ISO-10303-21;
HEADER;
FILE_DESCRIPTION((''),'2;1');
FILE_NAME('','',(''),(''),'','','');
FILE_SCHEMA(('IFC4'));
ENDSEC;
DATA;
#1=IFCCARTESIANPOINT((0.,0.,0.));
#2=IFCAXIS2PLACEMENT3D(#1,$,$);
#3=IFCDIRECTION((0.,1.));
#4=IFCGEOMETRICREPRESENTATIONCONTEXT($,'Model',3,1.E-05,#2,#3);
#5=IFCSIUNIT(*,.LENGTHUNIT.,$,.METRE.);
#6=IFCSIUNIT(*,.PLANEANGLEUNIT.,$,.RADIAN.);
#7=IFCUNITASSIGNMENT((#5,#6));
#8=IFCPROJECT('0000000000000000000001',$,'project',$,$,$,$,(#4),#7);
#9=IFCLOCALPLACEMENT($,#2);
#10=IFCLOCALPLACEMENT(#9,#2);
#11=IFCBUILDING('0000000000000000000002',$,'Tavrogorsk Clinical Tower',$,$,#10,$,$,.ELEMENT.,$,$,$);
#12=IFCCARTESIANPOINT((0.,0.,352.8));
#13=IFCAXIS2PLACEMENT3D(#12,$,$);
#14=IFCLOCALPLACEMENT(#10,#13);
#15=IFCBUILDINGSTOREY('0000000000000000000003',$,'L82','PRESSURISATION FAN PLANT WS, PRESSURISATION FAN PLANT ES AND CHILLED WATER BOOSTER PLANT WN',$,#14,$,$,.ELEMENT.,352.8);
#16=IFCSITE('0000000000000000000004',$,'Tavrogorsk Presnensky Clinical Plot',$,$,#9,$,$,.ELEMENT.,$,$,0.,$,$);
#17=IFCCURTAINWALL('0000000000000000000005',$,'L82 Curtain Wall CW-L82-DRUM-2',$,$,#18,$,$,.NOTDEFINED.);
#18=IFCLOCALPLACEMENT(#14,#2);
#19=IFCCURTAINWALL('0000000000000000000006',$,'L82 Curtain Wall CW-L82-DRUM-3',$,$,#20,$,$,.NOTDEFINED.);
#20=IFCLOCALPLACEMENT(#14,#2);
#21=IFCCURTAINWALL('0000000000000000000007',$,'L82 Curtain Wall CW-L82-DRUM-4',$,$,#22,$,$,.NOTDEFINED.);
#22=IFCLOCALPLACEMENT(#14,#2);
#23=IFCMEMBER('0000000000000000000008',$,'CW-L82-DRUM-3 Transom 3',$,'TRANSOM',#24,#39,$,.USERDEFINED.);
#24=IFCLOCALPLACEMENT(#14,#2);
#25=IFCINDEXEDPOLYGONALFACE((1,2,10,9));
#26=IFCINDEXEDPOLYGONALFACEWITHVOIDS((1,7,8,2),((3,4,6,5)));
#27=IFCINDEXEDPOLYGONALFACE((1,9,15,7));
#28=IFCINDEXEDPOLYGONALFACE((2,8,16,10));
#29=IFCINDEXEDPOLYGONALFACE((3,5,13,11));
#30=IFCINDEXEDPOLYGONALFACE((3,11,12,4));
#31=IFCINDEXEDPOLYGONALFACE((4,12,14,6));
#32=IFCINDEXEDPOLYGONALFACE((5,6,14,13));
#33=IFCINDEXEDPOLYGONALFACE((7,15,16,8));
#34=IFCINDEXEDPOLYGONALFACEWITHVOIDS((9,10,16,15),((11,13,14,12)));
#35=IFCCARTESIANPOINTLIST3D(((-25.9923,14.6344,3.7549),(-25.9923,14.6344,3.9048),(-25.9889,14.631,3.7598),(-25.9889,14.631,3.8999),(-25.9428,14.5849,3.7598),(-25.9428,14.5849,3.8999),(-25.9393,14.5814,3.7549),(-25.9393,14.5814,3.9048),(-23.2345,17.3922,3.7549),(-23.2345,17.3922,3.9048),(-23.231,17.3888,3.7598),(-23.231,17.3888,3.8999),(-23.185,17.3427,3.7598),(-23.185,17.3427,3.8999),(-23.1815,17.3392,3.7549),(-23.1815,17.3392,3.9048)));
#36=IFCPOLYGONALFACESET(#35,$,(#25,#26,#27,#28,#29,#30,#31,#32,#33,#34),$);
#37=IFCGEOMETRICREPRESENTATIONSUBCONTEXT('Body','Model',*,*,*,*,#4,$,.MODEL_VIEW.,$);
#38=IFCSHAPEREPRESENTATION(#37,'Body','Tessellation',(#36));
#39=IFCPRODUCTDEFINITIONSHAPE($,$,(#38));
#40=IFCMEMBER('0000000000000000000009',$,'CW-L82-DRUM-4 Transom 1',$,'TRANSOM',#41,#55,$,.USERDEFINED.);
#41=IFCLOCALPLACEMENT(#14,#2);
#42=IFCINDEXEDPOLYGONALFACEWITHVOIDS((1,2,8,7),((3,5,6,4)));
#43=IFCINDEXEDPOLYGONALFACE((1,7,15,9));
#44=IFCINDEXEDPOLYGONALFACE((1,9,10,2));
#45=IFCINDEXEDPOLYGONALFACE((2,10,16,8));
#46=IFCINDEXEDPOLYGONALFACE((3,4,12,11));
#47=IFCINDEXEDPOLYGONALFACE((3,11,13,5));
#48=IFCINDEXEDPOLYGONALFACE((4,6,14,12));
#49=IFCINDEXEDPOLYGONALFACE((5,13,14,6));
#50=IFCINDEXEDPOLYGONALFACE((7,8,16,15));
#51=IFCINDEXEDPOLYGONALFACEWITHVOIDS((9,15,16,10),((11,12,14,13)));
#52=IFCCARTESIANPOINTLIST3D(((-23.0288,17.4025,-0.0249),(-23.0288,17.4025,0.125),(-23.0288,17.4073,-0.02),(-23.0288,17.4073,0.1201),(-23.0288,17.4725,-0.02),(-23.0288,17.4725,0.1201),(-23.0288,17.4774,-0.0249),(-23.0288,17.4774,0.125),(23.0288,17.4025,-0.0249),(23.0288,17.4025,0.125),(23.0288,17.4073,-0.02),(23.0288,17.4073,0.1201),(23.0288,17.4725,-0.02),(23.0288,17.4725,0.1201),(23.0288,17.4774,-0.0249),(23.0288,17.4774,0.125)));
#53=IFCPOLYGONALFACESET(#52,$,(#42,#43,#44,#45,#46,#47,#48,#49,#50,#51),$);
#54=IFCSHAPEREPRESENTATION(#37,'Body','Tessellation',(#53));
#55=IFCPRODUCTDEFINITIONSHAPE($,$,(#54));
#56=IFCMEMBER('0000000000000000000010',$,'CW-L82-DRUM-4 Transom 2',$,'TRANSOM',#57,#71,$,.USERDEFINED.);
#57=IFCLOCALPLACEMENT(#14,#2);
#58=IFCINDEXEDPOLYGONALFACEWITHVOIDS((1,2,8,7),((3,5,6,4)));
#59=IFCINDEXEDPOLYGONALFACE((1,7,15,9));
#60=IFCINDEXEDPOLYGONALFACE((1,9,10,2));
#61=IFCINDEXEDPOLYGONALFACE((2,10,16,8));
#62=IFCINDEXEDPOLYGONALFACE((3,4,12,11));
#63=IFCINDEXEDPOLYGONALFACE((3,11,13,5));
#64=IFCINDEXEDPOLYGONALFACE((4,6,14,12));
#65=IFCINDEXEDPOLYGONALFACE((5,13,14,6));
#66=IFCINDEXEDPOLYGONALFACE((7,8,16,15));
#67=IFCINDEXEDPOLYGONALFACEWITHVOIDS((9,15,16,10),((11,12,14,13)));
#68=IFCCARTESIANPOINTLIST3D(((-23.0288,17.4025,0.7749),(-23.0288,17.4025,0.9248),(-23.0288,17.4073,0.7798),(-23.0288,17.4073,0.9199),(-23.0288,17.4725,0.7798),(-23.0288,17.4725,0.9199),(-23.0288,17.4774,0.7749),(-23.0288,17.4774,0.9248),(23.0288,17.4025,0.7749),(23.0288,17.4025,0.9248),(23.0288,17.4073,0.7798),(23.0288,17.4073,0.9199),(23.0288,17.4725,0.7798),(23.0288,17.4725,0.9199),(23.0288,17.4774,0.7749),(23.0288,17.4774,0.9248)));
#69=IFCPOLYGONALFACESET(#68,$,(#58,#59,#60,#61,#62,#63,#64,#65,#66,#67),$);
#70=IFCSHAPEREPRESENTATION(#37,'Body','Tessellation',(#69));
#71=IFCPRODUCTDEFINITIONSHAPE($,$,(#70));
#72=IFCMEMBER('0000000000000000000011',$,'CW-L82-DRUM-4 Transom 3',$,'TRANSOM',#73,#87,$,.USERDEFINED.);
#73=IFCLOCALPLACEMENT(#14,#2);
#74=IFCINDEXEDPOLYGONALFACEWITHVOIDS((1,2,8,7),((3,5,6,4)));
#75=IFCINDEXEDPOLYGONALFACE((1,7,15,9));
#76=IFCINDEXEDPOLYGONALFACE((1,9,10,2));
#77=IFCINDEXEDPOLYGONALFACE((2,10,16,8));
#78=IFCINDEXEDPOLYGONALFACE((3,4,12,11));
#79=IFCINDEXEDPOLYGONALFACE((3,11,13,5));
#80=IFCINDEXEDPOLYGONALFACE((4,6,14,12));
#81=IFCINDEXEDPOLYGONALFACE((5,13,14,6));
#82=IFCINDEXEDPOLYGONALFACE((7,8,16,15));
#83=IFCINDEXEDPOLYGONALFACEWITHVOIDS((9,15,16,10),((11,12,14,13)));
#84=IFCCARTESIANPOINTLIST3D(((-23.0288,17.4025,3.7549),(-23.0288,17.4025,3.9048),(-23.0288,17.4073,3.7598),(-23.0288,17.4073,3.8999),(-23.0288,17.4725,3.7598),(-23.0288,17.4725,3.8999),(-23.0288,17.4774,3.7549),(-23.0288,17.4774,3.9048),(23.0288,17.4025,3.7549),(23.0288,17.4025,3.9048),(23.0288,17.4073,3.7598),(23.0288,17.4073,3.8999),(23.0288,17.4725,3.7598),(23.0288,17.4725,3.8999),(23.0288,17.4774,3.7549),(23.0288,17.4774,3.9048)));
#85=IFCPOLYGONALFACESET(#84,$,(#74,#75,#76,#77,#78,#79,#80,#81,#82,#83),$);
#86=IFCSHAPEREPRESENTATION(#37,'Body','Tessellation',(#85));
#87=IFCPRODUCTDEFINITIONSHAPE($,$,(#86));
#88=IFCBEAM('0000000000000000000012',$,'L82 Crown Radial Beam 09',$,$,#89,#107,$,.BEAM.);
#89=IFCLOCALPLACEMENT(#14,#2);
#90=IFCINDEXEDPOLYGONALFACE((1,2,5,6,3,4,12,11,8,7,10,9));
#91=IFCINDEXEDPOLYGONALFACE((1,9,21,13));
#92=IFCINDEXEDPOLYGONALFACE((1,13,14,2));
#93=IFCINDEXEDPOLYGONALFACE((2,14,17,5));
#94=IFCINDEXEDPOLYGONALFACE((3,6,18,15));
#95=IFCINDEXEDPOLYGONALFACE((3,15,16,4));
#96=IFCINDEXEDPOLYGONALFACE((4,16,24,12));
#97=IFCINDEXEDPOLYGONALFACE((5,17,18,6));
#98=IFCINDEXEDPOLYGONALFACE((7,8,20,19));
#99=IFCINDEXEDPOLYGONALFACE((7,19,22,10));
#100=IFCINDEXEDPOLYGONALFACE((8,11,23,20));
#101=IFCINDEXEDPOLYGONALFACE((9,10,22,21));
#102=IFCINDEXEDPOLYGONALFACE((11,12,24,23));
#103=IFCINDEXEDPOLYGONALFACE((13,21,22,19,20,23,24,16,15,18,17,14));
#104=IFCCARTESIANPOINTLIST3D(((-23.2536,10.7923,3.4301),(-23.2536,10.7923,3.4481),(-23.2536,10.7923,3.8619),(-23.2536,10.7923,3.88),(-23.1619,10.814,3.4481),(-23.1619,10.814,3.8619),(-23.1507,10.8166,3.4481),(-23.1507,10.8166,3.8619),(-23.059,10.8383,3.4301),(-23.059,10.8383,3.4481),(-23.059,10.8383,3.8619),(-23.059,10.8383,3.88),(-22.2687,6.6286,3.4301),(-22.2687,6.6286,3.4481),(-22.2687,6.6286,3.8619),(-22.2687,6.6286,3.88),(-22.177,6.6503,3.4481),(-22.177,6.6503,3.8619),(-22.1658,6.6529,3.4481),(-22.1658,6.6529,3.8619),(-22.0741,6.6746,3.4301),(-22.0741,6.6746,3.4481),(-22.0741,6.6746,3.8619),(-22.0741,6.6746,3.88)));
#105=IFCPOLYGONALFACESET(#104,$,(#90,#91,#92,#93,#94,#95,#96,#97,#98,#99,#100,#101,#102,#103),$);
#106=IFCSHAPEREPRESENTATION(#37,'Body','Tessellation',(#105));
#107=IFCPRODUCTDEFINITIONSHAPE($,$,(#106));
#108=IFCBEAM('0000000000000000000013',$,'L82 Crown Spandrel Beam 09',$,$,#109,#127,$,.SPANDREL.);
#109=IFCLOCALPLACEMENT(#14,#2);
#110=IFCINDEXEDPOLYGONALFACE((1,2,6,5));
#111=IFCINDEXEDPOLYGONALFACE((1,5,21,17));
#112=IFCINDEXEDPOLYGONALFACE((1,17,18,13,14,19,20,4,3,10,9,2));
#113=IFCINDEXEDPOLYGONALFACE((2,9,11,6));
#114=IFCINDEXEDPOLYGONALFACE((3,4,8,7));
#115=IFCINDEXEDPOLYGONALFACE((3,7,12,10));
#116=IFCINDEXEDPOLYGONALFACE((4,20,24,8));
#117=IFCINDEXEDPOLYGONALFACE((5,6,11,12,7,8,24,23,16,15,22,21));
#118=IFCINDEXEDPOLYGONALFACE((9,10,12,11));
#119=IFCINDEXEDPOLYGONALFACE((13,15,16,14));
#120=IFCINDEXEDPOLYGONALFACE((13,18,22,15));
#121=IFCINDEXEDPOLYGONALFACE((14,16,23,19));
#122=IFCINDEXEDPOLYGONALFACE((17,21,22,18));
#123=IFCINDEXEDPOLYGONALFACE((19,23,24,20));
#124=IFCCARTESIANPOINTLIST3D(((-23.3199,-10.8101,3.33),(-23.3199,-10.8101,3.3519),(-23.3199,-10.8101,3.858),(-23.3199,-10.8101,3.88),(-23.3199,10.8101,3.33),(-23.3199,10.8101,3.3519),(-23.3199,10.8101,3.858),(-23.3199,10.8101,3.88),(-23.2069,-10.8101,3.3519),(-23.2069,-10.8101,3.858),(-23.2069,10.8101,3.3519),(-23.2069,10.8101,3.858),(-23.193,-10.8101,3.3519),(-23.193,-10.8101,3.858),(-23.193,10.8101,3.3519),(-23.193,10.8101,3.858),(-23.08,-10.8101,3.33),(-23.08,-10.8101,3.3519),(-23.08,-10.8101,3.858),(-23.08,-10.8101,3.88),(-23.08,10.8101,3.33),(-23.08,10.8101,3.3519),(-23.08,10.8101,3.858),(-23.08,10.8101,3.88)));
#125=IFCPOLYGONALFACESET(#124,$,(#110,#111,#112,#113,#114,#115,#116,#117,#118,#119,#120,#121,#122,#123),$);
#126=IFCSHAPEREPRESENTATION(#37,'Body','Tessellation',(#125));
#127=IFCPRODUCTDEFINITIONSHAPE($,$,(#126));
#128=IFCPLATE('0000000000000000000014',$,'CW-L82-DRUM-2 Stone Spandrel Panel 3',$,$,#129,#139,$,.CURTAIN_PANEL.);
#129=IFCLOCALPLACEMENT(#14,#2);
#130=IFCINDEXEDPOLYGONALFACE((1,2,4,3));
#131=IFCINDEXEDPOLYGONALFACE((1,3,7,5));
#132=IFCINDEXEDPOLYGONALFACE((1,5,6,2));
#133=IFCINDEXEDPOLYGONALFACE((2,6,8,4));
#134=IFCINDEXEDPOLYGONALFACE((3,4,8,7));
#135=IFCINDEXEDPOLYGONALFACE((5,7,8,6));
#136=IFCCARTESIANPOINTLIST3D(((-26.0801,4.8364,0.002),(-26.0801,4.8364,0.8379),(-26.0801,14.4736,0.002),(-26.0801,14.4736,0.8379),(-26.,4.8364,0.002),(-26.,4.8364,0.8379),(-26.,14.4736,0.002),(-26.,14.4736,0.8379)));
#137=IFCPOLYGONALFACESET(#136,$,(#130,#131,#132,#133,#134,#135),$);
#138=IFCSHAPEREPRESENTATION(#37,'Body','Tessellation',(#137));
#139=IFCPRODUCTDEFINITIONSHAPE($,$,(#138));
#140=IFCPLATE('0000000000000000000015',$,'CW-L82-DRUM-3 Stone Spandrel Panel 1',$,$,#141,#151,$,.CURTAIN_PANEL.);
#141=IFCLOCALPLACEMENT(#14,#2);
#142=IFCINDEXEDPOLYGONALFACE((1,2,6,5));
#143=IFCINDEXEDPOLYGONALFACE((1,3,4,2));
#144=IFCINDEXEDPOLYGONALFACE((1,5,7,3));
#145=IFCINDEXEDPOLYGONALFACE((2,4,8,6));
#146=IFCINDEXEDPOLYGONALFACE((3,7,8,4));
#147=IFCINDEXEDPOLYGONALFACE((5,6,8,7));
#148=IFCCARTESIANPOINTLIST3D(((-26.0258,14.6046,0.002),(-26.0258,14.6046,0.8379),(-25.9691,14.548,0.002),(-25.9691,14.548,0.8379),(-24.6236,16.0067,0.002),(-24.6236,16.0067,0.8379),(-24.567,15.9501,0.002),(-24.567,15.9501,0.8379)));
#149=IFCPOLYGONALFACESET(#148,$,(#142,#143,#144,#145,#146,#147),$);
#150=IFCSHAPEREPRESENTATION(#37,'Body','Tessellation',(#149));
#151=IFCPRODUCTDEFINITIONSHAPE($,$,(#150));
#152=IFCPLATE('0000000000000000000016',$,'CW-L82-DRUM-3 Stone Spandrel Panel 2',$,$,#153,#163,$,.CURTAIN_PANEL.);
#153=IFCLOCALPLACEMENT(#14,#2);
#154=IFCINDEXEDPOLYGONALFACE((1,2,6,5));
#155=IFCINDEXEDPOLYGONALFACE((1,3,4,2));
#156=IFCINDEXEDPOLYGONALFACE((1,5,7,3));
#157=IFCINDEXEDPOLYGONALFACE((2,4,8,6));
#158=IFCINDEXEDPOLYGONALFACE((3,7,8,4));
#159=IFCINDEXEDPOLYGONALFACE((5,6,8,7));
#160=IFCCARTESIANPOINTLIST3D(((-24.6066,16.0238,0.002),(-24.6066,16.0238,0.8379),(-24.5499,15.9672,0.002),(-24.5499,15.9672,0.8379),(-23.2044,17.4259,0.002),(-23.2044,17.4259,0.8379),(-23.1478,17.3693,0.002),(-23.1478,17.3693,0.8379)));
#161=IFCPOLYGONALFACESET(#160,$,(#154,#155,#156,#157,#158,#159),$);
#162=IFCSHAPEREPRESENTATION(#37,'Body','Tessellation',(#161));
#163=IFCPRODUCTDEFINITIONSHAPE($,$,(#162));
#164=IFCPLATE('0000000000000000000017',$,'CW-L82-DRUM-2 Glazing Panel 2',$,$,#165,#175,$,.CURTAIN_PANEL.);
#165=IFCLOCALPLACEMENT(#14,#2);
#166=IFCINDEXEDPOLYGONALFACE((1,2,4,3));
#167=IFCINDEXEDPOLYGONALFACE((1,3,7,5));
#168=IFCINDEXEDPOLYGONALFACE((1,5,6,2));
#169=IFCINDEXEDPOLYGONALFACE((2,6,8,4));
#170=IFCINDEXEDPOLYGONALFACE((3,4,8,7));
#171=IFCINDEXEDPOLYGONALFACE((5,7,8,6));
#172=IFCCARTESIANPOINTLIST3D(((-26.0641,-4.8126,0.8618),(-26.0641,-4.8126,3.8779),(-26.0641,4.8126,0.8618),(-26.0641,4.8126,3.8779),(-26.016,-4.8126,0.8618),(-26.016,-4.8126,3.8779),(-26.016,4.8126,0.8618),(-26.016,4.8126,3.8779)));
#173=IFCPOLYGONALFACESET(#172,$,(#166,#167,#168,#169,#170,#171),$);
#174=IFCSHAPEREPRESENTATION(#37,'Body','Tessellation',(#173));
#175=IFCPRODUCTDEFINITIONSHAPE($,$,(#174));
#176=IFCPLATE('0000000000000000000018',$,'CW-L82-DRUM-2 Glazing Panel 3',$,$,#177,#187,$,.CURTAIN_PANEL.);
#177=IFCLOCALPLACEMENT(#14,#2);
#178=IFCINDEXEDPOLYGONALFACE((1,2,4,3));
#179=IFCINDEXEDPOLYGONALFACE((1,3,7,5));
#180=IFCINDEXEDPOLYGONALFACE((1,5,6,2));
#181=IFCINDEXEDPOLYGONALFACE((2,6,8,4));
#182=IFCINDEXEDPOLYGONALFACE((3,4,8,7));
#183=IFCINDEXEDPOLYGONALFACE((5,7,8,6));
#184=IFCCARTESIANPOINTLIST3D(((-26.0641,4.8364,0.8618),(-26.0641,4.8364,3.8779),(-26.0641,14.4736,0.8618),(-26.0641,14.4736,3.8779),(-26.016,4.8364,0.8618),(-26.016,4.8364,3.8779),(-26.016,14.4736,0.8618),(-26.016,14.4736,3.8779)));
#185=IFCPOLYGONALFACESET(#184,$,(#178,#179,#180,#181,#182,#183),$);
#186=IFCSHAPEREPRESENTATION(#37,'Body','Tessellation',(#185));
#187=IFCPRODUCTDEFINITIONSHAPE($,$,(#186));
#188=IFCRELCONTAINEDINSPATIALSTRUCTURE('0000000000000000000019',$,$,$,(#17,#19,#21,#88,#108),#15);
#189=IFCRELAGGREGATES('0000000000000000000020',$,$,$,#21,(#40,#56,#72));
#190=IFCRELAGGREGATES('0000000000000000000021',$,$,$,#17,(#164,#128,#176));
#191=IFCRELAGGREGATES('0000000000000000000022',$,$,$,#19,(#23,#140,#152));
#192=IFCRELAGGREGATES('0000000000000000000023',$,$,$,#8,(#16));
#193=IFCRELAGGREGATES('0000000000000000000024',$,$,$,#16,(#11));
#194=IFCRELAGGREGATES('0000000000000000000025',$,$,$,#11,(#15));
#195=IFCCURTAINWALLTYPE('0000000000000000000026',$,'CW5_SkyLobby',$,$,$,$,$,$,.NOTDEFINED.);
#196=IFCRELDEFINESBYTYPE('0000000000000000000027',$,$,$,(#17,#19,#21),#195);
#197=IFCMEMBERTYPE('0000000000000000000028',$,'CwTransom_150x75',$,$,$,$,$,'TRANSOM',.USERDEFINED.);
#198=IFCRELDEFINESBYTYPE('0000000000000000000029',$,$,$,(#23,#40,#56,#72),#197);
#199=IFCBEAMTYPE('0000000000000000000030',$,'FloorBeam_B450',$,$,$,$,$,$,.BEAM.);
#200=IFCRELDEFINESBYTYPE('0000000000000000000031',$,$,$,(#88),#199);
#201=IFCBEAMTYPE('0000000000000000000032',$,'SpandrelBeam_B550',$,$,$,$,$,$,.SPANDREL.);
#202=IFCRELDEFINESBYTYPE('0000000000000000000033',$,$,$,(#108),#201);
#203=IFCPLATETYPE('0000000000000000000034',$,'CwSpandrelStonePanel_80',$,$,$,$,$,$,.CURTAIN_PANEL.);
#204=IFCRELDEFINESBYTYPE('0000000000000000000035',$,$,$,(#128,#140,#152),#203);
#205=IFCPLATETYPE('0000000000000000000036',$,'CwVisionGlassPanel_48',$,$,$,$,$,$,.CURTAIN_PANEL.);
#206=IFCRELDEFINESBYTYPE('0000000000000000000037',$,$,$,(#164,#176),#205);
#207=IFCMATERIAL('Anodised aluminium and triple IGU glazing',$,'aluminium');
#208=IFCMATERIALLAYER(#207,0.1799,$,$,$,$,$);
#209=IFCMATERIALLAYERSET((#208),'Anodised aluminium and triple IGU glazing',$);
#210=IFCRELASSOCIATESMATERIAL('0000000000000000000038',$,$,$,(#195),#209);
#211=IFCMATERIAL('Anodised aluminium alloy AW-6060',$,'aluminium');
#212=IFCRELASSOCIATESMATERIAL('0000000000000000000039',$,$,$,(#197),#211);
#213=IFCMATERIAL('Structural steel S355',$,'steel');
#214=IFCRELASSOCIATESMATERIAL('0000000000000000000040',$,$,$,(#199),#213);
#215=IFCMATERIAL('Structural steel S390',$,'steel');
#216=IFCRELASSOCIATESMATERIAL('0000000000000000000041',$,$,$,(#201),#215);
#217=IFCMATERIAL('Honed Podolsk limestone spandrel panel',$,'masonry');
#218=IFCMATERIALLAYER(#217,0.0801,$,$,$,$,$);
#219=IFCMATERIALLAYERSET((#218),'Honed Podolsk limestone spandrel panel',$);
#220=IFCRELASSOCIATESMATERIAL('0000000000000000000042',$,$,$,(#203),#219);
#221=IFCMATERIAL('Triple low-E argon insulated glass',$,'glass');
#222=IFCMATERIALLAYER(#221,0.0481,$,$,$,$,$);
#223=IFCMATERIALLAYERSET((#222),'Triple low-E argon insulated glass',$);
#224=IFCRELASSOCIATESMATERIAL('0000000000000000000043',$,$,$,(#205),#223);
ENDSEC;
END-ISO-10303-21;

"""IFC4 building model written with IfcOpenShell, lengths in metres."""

from ifc_helpers import new_model, si_unit, direction, frame, origin, origin_2d, place, context, subcontext, project, spatial, rectangle, hollow_rectangle, i_section, extrude, material, layer, layer_set, material_profile, profile_set, type_object, element, aggregate, save


model = new_model("IFC4")

# Units and contexts
model_context = context("Model", 3, precision=1e-05, world=origin(), true_north=direction((0.0, 1.0)))
body_context = subcontext(model_context, "Body", "Model", "MODEL_VIEW")
ifc_project = project(units=[si_unit("LENGTHUNIT", "METRE"), si_unit("PLANEANGLEUNIT", "RADIAN")], contexts=[model_context])

# Site, building, storey
site_placement = place(None, origin())
site = spatial("IfcSite", under=ifc_project, at=site_placement, Name="Tavrogorsk Presnensky Clinical Plot", CompositionType="ELEMENT", RefElevation=0.0)
building_placement = place(site_placement, origin())
building = spatial("IfcBuilding", under=site, at=building_placement, Name="Tavrogorsk Clinical Tower", CompositionType="ELEMENT")
storey_placement = place(building_placement, frame((0.0, 0.0, 352.8)))
storey = spatial("IfcBuildingStorey", under=building, at=storey_placement, Name="L82", Description="PRESSURISATION FAN PLANT WS, PRESSURISATION FAN PLANT ES AND CHILLED WATER BOOSTER PLANT WN", CompositionType="ELEMENT", Elevation=352.8)

# Curtain walls
ifc_material_1 = material(Name="Anodised aluminium and triple IGU glazing", Category="aluminium")
ifc_layer_1 = layer(ifc_material_1, 0.1799)
ifc_layer_set_1 = layer_set([ifc_layer_1], Name="Anodised aluminium and triple IGU glazing")
curtain_wall_type = type_object("IfcCurtainWallType", Name="CW5_SkyLobby", PredefinedType="NOTDEFINED", material=ifc_layer_set_1)
curtain_wall_1_placement = place(storey_placement, origin())
curtain_wall_1 = element("IfcCurtainWall", 1, at=curtain_wall_1_placement, inside=storey, type_object=curtain_wall_type, Name="L82 Curtain Wall CW-L82-DRUM-2", PredefinedType="NOTDEFINED")
curtain_wall_2_placement = place(storey_placement, origin())
curtain_wall_2 = element("IfcCurtainWall", 2, at=curtain_wall_2_placement, inside=storey, type_object=curtain_wall_type, Name="L82 Curtain Wall CW-L82-DRUM-3", PredefinedType="NOTDEFINED")

# Curtain wall
curtain_wall_3_placement = place(storey_placement, origin())
curtain_wall_3 = element("IfcCurtainWall", 3, at=curtain_wall_3_placement, inside=storey, type_object=curtain_wall_type, Name="L82 Curtain Wall CW-L82-DRUM-4", PredefinedType="NOTDEFINED")

# Members
ifc_material_2 = material(Name="Anodised aluminium alloy AW-6060", Category="aluminium")
ifc_material_profile_1 = material_profile(ifc_material_2, hollow_rectangle(XDim=0.075, YDim=0.1499, WallThickness=0.0049, at=origin_2d()), Name="RHS-150x75x5")
ifc_profile_set_1 = profile_set([ifc_material_profile_1], Name="Anodised aluminium alloy AW-6060")
member_type_1 = type_object("IfcMemberType", Name="CwTransom_150x75", ElementType="TRANSOM", PredefinedType="USERDEFINED", material=ifc_profile_set_1)
member_1_placement = place(storey_placement, frame((-25.9658, 14.6079, 3.8298), z_axis=(0.707107, 0.707107, 0.0), x_axis=(-0.707107, 0.707107, 0.0)))
member_1 = element("IfcMember", 4, at=member_1_placement, type_object=member_type_1, Name="CW-L82-DRUM-3 Transom 3", ObjectType="TRANSOM", PredefinedType="USERDEFINED", context=body_context, shape_type="SweptSolid", body=[
    extrude(hollow_rectangle(XDim=0.075, YDim=0.1499, WallThickness=0.0049, at=origin_2d()), origin(), (0.0, 0.0, 1.0), 3.9001),
])
member_2_placement = place(storey_placement, frame((-23.0288, 17.4399, 0.05), z_axis=(1.0, 0.0, 0.0), x_axis=(0.0, 1.0, 0.0)))
member_2 = element("IfcMember", 5, at=member_2_placement, type_object=member_type_1, Name="CW-L82-DRUM-4 Transom 1", ObjectType="TRANSOM", PredefinedType="USERDEFINED", context=body_context, shape_type="SweptSolid", body=[
    extrude(hollow_rectangle(XDim=0.075, YDim=0.1499, WallThickness=0.0049, at=origin_2d()), origin(), (0.0, 0.0, 1.0), 46.0576),
])
member_3_placement = place(storey_placement, frame((-23.0288, 17.4399, 0.8499), z_axis=(1.0, 0.0, 0.0), x_axis=(0.0, 1.0, 0.0)))
member_3 = element("IfcMember", 6, at=member_3_placement, type_object=member_type_1, Name="CW-L82-DRUM-4 Transom 2", ObjectType="TRANSOM", PredefinedType="USERDEFINED", context=body_context, shape_type="SweptSolid", body=[
    extrude(hollow_rectangle(XDim=0.075, YDim=0.1499, WallThickness=0.0049, at=origin_2d()), origin(), (0.0, 0.0, 1.0), 46.0576),
])
member_4_placement = place(storey_placement, frame((-23.0288, 17.4399, 3.8298), z_axis=(1.0, 0.0, 0.0), x_axis=(0.0, 1.0, 0.0)))
member_4 = element("IfcMember", 7, at=member_4_placement, type_object=member_type_1, Name="CW-L82-DRUM-4 Transom 3", ObjectType="TRANSOM", PredefinedType="USERDEFINED", context=body_context, shape_type="SweptSolid", body=[
    extrude(hollow_rectangle(XDim=0.075, YDim=0.1499, WallThickness=0.0049, at=origin_2d()), origin(), (0.0, 0.0, 1.0), 46.0576),
])
aggregate(curtain_wall_3, [member_2, member_3, member_4])

# Beams
ifc_material_3 = material(Name="Structural steel S355", Category="steel")
ifc_material_profile_2 = material_profile(ifc_material_3, i_section(OverallWidth=0.2, OverallDepth=0.45, WebThickness=0.0115, FlangeThickness=0.0181, at=origin_2d()), Name="B-450x200x11.5x18")
ifc_profile_set_2 = profile_set([ifc_material_profile_2], Name="Structural steel S355")
beam_type_1 = type_object("IfcBeamType", Name="FloorBeam_B450", PredefinedType="BEAM", material=ifc_profile_set_2)
beam_1_placement = place(storey_placement, frame((-22.1714, 6.6516, 3.655), z_axis=(-0.230191, 0.973146, 0.0), x_axis=(-0.973146, -0.230191, 0.0)))
element("IfcBeam", 8, at=beam_1_placement, inside=storey, type_object=beam_type_1, Name="L82 Crown Radial Beam 09", PredefinedType="BEAM", context=body_context, shape_type="SweptSolid", body=[
    extrude(i_section(OverallWidth=0.2, OverallDepth=0.45, WebThickness=0.0115, FlangeThickness=0.0181, at=origin_2d()), origin(), (0.0, 0.0, 1.0), 4.2786),
])
ifc_material_4 = material(Name="Structural steel S390", Category="steel")
ifc_material_profile_3 = material_profile(ifc_material_4, i_section(OverallWidth=0.24, OverallDepth=0.55, WebThickness=0.0139, FlangeThickness=0.022, at=origin_2d()), Name="B-550x240x14x22")
ifc_profile_set_3 = profile_set([ifc_material_profile_3], Name="Structural steel S390")
beam_type_2 = type_object("IfcBeamType", Name="SpandrelBeam_B550", PredefinedType="SPANDREL", material=ifc_profile_set_3)
beam_2_placement = place(storey_placement, frame((-23.2, 10.8101, 3.605), z_axis=(0.0, -1.0, 0.0), x_axis=(1.0, 0.0, 0.0)))
element("IfcBeam", 9, at=beam_2_placement, inside=storey, type_object=beam_type_2, Name="L82 Crown Spandrel Beam 09", PredefinedType="SPANDREL", context=body_context, shape_type="SweptSolid", body=[
    extrude(i_section(OverallWidth=0.24, OverallDepth=0.55, WebThickness=0.0139, FlangeThickness=0.022, at=origin_2d()), origin(), (0.0, 0.0, 1.0), 21.6201),
])

# Plates
ifc_material_5 = material(Name="Honed Podolsk limestone spandrel panel", Category="masonry")
ifc_layer_2 = layer(ifc_material_5, 0.0801)
ifc_layer_set_2 = layer_set([ifc_layer_2], Name="Honed Podolsk limestone spandrel panel")
plate_type_1 = type_object("IfcPlateType", Name="CwSpandrelStonePanel_80", PredefinedType="CURTAIN_PANEL", material=ifc_layer_set_2)
plate_1_placement = place(storey_placement, frame((-26.04, 9.655, 0.002), z_axis=(0.0, 0.0, 1.0), x_axis=(0.0, 1.0, 0.0)))
plate_1 = element("IfcPlate", 10, at=plate_1_placement, type_object=plate_type_1, Name="CW-L82-DRUM-2 Stone Spandrel Panel 3", PredefinedType="CURTAIN_PANEL", context=body_context, shape_type="SweptSolid", body=[
    extrude(rectangle(XDim=9.6372, YDim=0.0801, at=origin_2d()), origin(), (0.0, 0.0, 1.0), 0.8359),
])
plate_2_placement = place(storey_placement, frame((-25.2964, 15.2773, 0.002), z_axis=(0.0, 0.0, 1.0), x_axis=(0.707107, 0.707107, 0.0)))
plate_2 = element("IfcPlate", 11, at=plate_2_placement, type_object=plate_type_1, Name="CW-L82-DRUM-3 Stone Spandrel Panel 1", PredefinedType="CURTAIN_PANEL", context=body_context, shape_type="SweptSolid", body=[
    extrude(rectangle(XDim=1.9829, YDim=0.0801, at=origin_2d()), origin(), (0.0, 0.0, 1.0), 0.8359),
])
plate_3_placement = place(storey_placement, frame((-23.8772, 16.6965, 0.002), z_axis=(0.0, 0.0, 1.0), x_axis=(0.707107, 0.707107, 0.0)))
plate_3 = element("IfcPlate", 12, at=plate_3_placement, type_object=plate_type_1, Name="CW-L82-DRUM-3 Stone Spandrel Panel 2", PredefinedType="CURTAIN_PANEL", context=body_context, shape_type="SweptSolid", body=[
    extrude(rectangle(XDim=1.9829, YDim=0.0801, at=origin_2d()), origin(), (0.0, 0.0, 1.0), 0.8359),
])
ifc_material_6 = material(Name="Triple low-E argon insulated glass", Category="glass")
ifc_layer_3 = layer(ifc_material_6, 0.0481)
ifc_layer_set_3 = layer_set([ifc_layer_3], Name="Triple low-E argon insulated glass")
plate_type_2 = type_object("IfcPlateType", Name="CwVisionGlassPanel_48", PredefinedType="CURTAIN_PANEL", material=ifc_layer_set_3)
plate_4_placement = place(storey_placement, frame((-26.04, 0.0, 0.8618), z_axis=(0.0, 0.0, 1.0), x_axis=(0.0, 1.0, 0.0)))
plate_4 = element("IfcPlate", 13, at=plate_4_placement, type_object=plate_type_2, Name="CW-L82-DRUM-2 Glazing Panel 2", PredefinedType="CURTAIN_PANEL", context=body_context, shape_type="SweptSolid", body=[
    extrude(rectangle(XDim=9.6252, YDim=0.0481, at=origin_2d()), origin(), (0.0, 0.0, 1.0), 3.0161),
])
plate_5_placement = place(storey_placement, frame((-26.04, 9.655, 0.8618), z_axis=(0.0, 0.0, 1.0), x_axis=(0.0, 1.0, 0.0)))
plate_5 = element("IfcPlate", 14, at=plate_5_placement, type_object=plate_type_2, Name="CW-L82-DRUM-2 Glazing Panel 3", PredefinedType="CURTAIN_PANEL", context=body_context, shape_type="SweptSolid", body=[
    extrude(rectangle(XDim=9.6372, YDim=0.0481, at=origin_2d()), origin(), (0.0, 0.0, 1.0), 3.0161),
])
aggregate(curtain_wall_1, [plate_4, plate_1, plate_5])
aggregate(curtain_wall_2, [member_1, plate_2, plate_3])

save(model, "model.ifc")
